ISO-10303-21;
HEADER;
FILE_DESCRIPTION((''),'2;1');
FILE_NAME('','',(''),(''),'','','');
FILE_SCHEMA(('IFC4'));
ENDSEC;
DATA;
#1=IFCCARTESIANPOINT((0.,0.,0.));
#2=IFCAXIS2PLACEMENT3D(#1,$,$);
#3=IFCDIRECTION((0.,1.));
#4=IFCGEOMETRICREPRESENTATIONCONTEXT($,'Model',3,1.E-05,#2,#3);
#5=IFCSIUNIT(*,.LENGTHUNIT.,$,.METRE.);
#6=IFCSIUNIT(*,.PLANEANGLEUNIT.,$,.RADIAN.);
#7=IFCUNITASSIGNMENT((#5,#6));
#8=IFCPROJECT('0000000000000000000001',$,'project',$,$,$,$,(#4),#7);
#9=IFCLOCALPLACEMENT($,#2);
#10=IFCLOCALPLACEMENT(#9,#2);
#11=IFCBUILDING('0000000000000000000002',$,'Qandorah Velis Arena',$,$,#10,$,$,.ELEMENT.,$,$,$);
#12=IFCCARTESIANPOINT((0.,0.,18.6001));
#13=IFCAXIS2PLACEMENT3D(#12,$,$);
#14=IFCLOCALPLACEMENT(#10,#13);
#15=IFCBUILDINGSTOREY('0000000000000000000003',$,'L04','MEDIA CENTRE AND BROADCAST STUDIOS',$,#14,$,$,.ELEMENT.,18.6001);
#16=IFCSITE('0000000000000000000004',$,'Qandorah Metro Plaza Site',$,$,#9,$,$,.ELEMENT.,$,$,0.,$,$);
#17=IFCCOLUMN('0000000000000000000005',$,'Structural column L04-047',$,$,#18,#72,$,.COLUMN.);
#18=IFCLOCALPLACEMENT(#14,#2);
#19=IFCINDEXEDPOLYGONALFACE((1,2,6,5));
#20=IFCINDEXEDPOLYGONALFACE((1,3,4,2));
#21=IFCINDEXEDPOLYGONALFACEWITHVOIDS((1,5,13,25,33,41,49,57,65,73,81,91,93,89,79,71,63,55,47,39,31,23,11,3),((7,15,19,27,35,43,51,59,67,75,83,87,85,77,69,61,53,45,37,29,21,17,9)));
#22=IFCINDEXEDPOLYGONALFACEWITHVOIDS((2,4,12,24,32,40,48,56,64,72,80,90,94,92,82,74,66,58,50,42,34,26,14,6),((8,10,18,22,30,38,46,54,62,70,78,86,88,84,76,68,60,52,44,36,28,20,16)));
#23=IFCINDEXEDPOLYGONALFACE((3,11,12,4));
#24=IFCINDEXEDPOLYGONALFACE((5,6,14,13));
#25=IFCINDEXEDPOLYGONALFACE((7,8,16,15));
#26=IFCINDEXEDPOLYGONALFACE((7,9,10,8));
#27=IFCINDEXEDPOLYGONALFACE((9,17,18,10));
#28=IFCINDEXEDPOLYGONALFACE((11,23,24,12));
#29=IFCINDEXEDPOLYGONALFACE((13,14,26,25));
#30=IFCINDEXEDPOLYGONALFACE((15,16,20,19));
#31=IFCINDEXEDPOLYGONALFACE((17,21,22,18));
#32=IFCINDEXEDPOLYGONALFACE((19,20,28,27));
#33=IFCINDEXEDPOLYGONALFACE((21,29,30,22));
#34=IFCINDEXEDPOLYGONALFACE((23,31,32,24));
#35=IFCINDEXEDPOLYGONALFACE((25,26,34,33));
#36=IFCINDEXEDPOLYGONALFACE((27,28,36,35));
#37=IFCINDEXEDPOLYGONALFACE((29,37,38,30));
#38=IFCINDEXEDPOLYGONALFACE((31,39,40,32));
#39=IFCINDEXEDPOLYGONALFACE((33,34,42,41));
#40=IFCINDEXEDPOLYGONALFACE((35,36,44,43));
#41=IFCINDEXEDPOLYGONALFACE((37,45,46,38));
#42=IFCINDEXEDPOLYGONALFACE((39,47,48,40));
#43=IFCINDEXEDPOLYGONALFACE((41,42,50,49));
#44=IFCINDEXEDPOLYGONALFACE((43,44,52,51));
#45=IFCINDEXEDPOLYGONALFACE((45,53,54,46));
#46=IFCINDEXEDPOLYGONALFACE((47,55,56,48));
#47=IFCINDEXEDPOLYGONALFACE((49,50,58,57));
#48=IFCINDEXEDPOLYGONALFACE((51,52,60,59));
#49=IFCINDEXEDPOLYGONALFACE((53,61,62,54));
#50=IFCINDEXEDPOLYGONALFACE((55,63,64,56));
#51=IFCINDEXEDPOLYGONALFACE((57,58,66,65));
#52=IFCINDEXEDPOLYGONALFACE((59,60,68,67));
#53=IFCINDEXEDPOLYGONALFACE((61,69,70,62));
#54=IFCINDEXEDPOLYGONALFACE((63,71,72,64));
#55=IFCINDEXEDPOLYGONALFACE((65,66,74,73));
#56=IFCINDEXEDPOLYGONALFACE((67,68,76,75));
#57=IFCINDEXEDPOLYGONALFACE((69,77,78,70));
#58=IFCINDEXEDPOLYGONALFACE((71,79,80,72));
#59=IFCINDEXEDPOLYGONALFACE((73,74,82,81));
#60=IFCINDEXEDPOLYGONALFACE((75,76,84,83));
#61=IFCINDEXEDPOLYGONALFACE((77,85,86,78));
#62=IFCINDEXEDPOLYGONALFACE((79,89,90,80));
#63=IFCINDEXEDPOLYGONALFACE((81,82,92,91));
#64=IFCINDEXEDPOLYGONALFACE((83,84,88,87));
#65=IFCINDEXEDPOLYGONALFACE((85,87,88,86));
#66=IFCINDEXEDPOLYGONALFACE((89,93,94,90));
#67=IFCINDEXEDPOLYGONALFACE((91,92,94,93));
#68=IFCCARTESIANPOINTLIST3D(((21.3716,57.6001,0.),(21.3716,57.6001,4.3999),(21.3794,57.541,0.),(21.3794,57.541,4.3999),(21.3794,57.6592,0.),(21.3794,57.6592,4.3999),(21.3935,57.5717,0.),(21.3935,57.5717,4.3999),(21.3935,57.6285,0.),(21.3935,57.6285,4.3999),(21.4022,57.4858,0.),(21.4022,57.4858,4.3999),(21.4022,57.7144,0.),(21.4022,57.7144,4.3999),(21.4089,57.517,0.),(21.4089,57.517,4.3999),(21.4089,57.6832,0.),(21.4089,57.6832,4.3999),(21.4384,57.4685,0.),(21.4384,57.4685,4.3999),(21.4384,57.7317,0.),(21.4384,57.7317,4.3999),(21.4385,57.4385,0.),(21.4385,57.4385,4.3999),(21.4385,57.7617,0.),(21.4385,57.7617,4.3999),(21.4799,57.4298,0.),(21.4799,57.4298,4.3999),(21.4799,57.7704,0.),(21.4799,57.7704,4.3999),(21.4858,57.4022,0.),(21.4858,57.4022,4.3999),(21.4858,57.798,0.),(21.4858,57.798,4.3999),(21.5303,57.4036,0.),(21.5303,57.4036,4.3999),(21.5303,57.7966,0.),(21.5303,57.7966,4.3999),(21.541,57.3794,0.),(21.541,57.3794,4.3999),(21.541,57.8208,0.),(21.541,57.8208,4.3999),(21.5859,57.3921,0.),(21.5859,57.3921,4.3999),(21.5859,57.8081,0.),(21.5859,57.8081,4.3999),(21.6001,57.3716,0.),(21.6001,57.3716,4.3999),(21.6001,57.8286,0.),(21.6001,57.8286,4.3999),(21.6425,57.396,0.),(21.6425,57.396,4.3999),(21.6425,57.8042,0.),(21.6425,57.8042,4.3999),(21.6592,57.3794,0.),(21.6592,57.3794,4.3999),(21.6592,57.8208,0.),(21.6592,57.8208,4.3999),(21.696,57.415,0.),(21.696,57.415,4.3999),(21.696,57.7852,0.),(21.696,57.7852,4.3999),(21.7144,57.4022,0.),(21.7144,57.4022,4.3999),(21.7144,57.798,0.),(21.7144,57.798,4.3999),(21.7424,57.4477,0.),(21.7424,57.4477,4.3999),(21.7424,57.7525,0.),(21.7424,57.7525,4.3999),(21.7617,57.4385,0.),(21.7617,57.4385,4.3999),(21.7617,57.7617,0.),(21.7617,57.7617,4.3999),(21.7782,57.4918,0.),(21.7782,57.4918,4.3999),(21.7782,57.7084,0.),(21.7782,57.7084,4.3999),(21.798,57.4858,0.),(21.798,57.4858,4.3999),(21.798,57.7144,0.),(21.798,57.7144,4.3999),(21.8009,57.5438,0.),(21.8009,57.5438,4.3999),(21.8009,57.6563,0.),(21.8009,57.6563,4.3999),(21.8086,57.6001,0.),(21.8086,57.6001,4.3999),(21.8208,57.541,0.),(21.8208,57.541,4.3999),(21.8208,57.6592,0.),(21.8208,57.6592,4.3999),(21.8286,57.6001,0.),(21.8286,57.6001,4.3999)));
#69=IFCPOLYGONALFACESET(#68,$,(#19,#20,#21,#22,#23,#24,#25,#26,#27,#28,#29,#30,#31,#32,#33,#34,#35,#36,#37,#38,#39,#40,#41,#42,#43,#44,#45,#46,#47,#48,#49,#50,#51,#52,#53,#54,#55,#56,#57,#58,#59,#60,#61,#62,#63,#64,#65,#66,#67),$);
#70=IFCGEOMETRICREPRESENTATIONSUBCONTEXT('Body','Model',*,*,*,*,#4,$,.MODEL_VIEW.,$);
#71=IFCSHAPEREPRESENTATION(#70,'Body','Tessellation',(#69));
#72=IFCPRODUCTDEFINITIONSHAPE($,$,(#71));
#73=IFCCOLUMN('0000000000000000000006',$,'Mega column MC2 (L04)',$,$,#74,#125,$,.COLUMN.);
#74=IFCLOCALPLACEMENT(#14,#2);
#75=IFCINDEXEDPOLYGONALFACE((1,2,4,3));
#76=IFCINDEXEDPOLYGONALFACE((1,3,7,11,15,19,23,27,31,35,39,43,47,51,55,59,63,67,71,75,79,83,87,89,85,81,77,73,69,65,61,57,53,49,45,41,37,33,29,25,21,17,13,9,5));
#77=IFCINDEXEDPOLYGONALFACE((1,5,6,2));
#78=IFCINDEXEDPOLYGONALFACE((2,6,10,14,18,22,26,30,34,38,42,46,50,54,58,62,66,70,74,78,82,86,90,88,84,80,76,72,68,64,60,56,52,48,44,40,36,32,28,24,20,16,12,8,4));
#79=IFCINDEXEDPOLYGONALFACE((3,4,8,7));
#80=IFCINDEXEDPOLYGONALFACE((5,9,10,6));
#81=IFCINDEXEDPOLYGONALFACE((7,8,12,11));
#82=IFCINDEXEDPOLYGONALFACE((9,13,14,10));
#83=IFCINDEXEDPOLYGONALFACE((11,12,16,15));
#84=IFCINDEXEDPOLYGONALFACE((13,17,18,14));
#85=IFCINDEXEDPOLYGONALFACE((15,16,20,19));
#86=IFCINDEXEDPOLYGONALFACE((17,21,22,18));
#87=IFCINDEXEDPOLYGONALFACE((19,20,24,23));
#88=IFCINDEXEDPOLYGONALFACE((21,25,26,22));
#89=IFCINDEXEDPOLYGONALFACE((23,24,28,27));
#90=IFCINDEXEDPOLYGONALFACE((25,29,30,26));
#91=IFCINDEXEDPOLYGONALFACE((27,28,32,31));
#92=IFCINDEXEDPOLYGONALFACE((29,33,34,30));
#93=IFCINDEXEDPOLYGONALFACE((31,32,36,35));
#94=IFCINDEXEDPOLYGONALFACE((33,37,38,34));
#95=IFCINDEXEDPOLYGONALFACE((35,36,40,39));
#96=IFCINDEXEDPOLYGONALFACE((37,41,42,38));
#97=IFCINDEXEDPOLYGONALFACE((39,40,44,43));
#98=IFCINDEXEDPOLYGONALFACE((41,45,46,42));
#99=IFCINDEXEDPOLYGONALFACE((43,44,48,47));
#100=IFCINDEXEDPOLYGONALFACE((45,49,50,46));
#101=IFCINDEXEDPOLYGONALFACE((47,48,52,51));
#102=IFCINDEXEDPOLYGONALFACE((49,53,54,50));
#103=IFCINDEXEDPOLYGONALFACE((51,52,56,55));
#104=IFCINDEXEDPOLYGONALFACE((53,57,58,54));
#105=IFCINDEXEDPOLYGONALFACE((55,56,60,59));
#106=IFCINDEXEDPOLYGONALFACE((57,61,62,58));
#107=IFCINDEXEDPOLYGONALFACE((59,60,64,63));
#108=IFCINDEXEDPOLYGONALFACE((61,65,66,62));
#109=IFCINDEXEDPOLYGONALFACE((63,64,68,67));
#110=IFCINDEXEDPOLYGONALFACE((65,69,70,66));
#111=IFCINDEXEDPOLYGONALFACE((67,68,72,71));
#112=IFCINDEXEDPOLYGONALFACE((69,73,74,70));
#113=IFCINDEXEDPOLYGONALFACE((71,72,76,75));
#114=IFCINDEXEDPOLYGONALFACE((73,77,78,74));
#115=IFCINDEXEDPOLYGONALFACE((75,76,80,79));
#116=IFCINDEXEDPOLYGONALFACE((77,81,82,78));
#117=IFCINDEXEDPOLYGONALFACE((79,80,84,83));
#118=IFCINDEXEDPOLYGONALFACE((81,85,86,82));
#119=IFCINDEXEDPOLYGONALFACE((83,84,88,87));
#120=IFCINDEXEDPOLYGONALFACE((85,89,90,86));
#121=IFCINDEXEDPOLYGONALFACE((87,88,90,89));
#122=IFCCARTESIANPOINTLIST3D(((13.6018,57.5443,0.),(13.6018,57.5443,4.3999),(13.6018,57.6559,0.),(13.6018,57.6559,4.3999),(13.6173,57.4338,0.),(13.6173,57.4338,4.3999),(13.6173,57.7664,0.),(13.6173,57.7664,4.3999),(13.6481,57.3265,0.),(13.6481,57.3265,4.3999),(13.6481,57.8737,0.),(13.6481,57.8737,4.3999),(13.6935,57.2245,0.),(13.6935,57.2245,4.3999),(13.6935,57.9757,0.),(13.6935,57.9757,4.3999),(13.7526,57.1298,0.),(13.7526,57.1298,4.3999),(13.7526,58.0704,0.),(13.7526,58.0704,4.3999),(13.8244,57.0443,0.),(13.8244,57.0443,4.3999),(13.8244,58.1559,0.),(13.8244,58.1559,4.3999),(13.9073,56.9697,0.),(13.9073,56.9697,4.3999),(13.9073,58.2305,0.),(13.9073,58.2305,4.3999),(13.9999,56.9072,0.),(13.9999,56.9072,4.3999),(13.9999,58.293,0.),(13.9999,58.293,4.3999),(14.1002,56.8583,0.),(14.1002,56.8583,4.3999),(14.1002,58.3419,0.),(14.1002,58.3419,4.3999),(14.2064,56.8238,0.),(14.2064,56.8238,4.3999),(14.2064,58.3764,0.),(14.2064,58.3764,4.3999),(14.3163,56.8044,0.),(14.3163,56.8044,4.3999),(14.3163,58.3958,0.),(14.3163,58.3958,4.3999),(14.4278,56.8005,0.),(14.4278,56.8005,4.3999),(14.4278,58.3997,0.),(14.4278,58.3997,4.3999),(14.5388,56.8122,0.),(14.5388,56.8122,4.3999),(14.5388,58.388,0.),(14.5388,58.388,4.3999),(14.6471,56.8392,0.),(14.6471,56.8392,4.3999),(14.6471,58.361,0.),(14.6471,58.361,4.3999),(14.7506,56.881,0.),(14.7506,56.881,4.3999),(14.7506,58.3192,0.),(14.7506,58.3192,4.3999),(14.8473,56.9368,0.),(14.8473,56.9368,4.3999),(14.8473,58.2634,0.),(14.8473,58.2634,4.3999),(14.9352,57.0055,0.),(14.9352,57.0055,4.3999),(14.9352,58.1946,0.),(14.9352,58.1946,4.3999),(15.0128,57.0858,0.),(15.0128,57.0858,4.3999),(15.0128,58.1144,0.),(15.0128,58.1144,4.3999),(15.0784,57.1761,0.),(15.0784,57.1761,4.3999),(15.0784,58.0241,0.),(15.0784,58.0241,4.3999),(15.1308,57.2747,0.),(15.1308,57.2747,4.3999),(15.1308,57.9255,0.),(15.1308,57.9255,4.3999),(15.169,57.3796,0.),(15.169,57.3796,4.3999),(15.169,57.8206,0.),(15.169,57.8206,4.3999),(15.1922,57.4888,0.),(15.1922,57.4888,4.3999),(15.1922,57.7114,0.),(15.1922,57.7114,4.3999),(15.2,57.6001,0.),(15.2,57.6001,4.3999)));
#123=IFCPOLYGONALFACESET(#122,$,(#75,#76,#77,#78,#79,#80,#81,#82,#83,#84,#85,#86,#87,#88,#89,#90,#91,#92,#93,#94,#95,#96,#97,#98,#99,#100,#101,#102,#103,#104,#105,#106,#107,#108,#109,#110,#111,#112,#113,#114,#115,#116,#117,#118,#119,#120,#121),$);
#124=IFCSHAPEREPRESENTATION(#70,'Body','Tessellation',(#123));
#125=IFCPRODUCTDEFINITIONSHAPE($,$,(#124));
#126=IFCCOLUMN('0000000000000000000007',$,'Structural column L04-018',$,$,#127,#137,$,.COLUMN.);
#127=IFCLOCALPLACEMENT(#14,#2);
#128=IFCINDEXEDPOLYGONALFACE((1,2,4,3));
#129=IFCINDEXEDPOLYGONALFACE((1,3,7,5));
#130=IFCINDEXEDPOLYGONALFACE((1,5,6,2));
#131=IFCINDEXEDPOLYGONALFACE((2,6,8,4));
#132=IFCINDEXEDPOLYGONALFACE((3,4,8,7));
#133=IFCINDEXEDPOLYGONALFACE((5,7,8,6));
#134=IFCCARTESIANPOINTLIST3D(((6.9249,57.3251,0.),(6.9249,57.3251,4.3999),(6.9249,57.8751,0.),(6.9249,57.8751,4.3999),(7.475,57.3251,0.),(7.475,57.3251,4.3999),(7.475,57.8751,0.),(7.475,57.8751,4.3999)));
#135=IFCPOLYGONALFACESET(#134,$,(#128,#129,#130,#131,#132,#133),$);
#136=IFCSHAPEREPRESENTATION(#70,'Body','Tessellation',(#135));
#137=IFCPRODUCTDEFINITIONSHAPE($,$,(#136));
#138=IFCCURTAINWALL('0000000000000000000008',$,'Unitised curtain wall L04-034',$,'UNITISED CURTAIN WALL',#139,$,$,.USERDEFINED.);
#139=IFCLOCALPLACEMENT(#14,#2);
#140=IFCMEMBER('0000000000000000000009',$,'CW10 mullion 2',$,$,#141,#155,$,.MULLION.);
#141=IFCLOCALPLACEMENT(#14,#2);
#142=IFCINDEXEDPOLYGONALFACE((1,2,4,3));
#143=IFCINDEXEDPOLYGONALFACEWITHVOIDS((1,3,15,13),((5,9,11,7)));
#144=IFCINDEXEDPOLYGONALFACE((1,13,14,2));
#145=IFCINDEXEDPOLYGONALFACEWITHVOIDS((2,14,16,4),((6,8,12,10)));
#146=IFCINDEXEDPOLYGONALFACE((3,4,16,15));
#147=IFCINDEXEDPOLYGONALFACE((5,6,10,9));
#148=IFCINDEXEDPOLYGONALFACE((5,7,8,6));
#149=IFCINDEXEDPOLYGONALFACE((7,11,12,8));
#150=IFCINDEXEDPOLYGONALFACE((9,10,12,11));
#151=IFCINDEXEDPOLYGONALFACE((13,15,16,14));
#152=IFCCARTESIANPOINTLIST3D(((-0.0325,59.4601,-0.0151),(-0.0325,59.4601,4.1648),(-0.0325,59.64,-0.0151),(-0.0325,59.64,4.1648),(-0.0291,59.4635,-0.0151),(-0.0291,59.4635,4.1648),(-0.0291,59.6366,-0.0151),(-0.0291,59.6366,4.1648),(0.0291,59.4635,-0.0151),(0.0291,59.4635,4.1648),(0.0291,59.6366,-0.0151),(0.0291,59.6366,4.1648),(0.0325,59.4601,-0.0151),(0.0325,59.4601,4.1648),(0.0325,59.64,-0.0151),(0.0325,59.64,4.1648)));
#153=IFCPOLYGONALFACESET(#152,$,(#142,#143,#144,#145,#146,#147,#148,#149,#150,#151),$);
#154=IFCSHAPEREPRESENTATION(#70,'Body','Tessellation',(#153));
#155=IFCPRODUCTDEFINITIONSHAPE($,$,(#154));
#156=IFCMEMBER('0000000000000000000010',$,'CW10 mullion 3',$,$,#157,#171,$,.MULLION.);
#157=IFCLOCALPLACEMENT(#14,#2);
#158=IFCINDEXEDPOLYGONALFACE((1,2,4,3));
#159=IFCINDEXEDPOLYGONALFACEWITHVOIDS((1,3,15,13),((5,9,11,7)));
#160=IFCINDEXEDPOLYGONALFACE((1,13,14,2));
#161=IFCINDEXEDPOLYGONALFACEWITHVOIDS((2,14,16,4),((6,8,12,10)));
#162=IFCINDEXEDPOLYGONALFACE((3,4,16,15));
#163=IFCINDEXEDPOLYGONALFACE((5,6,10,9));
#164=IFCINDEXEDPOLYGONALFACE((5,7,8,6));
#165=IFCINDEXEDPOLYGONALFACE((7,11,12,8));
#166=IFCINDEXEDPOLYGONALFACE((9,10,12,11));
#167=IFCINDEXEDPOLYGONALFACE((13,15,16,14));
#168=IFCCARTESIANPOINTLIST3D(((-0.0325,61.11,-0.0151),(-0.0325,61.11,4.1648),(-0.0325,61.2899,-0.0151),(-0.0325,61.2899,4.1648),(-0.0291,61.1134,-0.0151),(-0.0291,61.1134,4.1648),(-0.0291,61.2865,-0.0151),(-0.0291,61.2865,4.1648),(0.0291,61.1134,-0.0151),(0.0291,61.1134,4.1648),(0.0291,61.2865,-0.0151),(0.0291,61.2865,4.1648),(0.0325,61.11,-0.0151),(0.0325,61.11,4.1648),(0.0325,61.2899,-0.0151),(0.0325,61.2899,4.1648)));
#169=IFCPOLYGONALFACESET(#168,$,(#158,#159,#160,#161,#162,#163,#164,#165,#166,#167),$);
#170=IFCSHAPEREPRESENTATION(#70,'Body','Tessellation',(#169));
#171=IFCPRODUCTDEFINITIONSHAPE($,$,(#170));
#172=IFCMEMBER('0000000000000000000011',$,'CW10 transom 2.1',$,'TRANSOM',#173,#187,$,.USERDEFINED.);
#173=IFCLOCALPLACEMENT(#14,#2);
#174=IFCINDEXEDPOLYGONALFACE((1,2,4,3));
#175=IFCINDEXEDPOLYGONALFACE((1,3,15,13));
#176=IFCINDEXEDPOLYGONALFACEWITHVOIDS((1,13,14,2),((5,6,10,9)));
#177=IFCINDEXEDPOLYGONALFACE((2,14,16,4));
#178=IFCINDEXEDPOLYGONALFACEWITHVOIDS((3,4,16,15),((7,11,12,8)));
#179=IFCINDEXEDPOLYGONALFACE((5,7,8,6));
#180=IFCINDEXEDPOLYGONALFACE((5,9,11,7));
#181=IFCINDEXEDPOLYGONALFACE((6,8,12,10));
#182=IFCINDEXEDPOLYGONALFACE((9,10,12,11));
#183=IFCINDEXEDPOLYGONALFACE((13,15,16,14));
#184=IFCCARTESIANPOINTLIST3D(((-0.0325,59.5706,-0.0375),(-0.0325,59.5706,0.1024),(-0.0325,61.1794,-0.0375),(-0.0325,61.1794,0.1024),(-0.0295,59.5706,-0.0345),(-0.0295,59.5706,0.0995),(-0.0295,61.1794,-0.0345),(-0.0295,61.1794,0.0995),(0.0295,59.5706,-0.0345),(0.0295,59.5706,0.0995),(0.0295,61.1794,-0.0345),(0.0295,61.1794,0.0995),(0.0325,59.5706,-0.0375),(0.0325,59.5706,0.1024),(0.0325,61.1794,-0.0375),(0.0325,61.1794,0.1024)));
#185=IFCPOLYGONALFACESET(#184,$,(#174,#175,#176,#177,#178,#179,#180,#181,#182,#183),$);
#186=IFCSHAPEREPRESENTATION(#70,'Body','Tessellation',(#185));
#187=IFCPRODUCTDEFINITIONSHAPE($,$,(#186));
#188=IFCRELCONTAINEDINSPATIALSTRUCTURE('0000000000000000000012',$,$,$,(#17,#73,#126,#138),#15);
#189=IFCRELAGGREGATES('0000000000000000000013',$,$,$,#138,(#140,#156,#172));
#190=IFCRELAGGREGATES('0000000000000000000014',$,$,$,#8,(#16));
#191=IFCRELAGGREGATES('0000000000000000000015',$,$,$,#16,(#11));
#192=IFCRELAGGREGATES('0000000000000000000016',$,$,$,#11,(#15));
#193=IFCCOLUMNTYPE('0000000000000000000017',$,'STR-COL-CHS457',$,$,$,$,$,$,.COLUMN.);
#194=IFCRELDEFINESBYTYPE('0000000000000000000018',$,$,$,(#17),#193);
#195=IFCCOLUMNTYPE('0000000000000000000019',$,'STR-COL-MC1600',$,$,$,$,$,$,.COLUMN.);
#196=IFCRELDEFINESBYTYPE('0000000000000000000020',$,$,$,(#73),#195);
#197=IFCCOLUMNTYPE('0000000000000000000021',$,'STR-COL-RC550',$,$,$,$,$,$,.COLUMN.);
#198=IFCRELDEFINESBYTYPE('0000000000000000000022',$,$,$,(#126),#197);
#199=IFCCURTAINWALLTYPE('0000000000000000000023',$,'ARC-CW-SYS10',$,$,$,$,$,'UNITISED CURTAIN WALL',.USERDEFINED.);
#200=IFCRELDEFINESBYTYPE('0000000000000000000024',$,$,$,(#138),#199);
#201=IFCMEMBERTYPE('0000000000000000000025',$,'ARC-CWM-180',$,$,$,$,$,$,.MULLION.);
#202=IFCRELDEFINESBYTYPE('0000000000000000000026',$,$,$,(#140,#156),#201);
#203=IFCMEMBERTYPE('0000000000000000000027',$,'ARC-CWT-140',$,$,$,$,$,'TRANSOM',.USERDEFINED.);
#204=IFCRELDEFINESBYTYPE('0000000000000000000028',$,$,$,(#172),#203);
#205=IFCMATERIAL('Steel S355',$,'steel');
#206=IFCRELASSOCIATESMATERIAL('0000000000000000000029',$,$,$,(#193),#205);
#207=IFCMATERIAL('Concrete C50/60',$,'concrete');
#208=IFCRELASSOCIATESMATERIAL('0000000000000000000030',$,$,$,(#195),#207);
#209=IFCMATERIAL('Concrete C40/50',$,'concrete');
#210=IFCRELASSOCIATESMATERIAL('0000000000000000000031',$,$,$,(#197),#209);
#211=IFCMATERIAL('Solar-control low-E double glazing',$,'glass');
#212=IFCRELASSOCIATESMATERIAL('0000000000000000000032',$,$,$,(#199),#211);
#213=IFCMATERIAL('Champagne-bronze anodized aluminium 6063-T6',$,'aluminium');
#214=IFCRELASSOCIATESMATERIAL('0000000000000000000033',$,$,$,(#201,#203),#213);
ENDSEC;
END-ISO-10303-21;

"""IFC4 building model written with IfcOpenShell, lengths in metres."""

from ifc_helpers import new_model, si_unit, direction, frame, origin, origin_2d, place, context, subcontext, project, spatial, rectangle, hollow_rectangle, circle, hollow_circle, extrude, material, material_profile, profile_set, type_object, element, aggregate, save


model = new_model("IFC4")

# Units and contexts
model_context = context("Model", 3, precision=1e-05, world=origin(), true_north=direction((0.0, 1.0)))
body_context = subcontext(model_context, "Body", "Model", "MODEL_VIEW")
ifc_project = project(units=[si_unit("LENGTHUNIT", "METRE"), si_unit("PLANEANGLEUNIT", "RADIAN")], contexts=[model_context])

# Site, building, storey
site_placement = place(None, origin())
site = spatial("IfcSite", under=ifc_project, at=site_placement, Name="Qandorah Metro Plaza Site", CompositionType="ELEMENT", RefElevation=0.0)
building_placement = place(site_placement, origin())
building = spatial("IfcBuilding", under=site, at=building_placement, Name="Qandorah Velis Arena", CompositionType="ELEMENT")
storey_placement = place(building_placement, frame((0.0, 0.0, 18.6001)))
storey = spatial("IfcBuildingStorey", under=building, at=storey_placement, Name="L04", Description="MEDIA CENTRE AND BROADCAST STUDIOS", CompositionType="ELEMENT", Elevation=18.6001)

# Columns
ifc_material_1 = material(Name="Steel S355", Category="steel")
ifc_material_profile_1 = material_profile(ifc_material_1, hollow_circle(Radius=0.2285, WallThickness=0.02, at=origin_2d()), Name="CHS 457x20")
ifc_profile_set_1 = profile_set([ifc_material_profile_1], Name="Steel S355")
column_type_1 = type_object("IfcColumnType", Name="STR-COL-CHS457", PredefinedType="COLUMN", material=ifc_profile_set_1)
column_1_placement = place(storey_placement, frame((21.6001, 57.6001, 0.0), z_axis=(0.0, 0.0, 1.0), x_axis=(1.0, 0.0, 0.0)))
element("IfcColumn", 1, at=column_1_placement, inside=storey, type_object=column_type_1, Name="Structural column L04-047", PredefinedType="COLUMN", context=body_context, shape_type="SweptSolid", body=[
    extrude(hollow_circle(Radius=0.2285, WallThickness=0.02, at=origin_2d()), origin(), (0.0, 0.0, 1.0), 4.3999),
])
ifc_material_2 = material(Name="Concrete C50/60", Category="concrete")
ifc_material_profile_2 = material_profile(ifc_material_2, circle(Radius=0.8, at=origin_2d()), Name="MC D1600")
ifc_profile_set_2 = profile_set([ifc_material_profile_2], Name="Concrete C50/60")
column_type_2 = type_object("IfcColumnType", Name="STR-COL-MC1600", PredefinedType="COLUMN", material=ifc_profile_set_2)
column_2_placement = place(storey_placement, frame((14.3999, 57.6001, 0.0), z_axis=(0.0, 0.0, 1.0), x_axis=(1.0, 0.0, 0.0)))
element("IfcColumn", 2, at=column_2_placement, inside=storey, type_object=column_type_2, Name="Mega column MC2 (L04)", PredefinedType="COLUMN", context=body_context, shape_type="SweptSolid", body=[
    extrude(circle(Radius=0.8, at=origin_2d()), origin(), (0.0, 0.0, 1.0), 4.3999),
])
ifc_material_3 = material(Name="Concrete C40/50", Category="concrete")
ifc_material_profile_3 = material_profile(ifc_material_3, rectangle(XDim=0.55, YDim=0.55, at=origin_2d()), Name="RC COL 550x550")
ifc_profile_set_3 = profile_set([ifc_material_profile_3], Name="Concrete C40/50")
column_type_3 = type_object("IfcColumnType", Name="STR-COL-RC550", PredefinedType="COLUMN", material=ifc_profile_set_3)
column_3_placement = place(storey_placement, frame((7.2, 57.6001, 0.0), z_axis=(0.0, 0.0, 1.0), x_axis=(1.0, 0.0, 0.0)))
element("IfcColumn", 3, at=column_3_placement, inside=storey, type_object=column_type_3, Name="Structural column L04-018", PredefinedType="COLUMN", context=body_context, shape_type="SweptSolid", body=[
    extrude(rectangle(XDim=0.55, YDim=0.55, at=origin_2d()), origin(), (0.0, 0.0, 1.0), 4.3999),
])

# Curtain wall, members
ifc_material_4 = material(Name="Solar-control low-E double glazing", Category="glass")
curtain_wall_type = type_object("IfcCurtainWallType", Name="ARC-CW-SYS10", ElementType="UNITISED CURTAIN WALL", PredefinedType="USERDEFINED", material=ifc_material_4)
curtain_wall_placement = place(storey_placement, origin())
curtain_wall = element("IfcCurtainWall", 4, at=curtain_wall_placement, inside=storey, type_object=curtain_wall_type, Name="Unitised curtain wall L04-034", ObjectType="UNITISED CURTAIN WALL", PredefinedType="USERDEFINED")
ifc_material_5 = material(Name="Champagne-bronze anodized aluminium 6063-T6", Category="aluminium")
ifc_material_profile_4 = material_profile(ifc_material_5, hollow_rectangle(XDim=0.0649, YDim=0.1799, WallThickness=0.0034, at=origin_2d()), Name="ALU MULLION 65x180")
ifc_profile_set_4 = profile_set([ifc_material_profile_4], Name="Champagne-bronze anodized aluminium 6063-T6")
member_type_1 = type_object("IfcMemberType", Name="ARC-CWM-180", PredefinedType="MULLION", material=ifc_profile_set_4)
member_1_placement = place(storey_placement, frame((0.0, 59.55, -0.0151), z_axis=(0.0, 0.0, 1.0), x_axis=(-1.0, 0.0, 0.0)))
member_1 = element("IfcMember", 5, at=member_1_placement, type_object=member_type_1, Name="CW10 mullion 2", PredefinedType="MULLION", context=body_context, shape_type="SweptSolid", body=[
    extrude(hollow_rectangle(XDim=0.0649, YDim=0.1799, WallThickness=0.0034, at=origin_2d()), origin(), (0.0, 0.0, 1.0), 4.1799),
])
member_2_placement = place(storey_placement, frame((0.0, 61.2, -0.0151), z_axis=(0.0, 0.0, 1.0), x_axis=(-1.0, 0.0, 0.0)))
member_2 = element("IfcMember", 6, at=member_2_placement, type_object=member_type_1, Name="CW10 mullion 3", PredefinedType="MULLION", context=body_context, shape_type="SweptSolid", body=[
    extrude(hollow_rectangle(XDim=0.0649, YDim=0.1799, WallThickness=0.0034, at=origin_2d()), origin(), (0.0, 0.0, 1.0), 4.1799),
])
ifc_material_profile_5 = material_profile(ifc_material_5, hollow_rectangle(XDim=0.0649, YDim=0.1399, WallThickness=0.0029, at=origin_2d()), Name="ALU TRANSOM 65x140")
ifc_profile_set_5 = profile_set([ifc_material_profile_5], Name="Champagne-bronze anodized aluminium 6063-T6")
member_type_2 = type_object("IfcMemberType", Name="ARC-CWT-140", ElementType="TRANSOM", PredefinedType="USERDEFINED", material=ifc_profile_set_5)
member_3_placement = place(storey_placement, frame((0.0, 59.5706, 0.0325), z_axis=(0.0, 1.0, 0.0), x_axis=(-1.0, 0.0, 0.0)))
member_3 = element("IfcMember", 7, at=member_3_placement, type_object=member_type_2, Name="CW10 transom 2.1", ObjectType="TRANSOM", PredefinedType="USERDEFINED", context=body_context, shape_type="SweptSolid", body=[
    extrude(hollow_rectangle(XDim=0.0649, YDim=0.1399, WallThickness=0.0029, at=origin_2d()), origin(), (0.0, 0.0, 1.0), 1.6089),
])

aggregate(curtain_wall, [member_1, member_2, member_3])

save(model, "model.ifc")
